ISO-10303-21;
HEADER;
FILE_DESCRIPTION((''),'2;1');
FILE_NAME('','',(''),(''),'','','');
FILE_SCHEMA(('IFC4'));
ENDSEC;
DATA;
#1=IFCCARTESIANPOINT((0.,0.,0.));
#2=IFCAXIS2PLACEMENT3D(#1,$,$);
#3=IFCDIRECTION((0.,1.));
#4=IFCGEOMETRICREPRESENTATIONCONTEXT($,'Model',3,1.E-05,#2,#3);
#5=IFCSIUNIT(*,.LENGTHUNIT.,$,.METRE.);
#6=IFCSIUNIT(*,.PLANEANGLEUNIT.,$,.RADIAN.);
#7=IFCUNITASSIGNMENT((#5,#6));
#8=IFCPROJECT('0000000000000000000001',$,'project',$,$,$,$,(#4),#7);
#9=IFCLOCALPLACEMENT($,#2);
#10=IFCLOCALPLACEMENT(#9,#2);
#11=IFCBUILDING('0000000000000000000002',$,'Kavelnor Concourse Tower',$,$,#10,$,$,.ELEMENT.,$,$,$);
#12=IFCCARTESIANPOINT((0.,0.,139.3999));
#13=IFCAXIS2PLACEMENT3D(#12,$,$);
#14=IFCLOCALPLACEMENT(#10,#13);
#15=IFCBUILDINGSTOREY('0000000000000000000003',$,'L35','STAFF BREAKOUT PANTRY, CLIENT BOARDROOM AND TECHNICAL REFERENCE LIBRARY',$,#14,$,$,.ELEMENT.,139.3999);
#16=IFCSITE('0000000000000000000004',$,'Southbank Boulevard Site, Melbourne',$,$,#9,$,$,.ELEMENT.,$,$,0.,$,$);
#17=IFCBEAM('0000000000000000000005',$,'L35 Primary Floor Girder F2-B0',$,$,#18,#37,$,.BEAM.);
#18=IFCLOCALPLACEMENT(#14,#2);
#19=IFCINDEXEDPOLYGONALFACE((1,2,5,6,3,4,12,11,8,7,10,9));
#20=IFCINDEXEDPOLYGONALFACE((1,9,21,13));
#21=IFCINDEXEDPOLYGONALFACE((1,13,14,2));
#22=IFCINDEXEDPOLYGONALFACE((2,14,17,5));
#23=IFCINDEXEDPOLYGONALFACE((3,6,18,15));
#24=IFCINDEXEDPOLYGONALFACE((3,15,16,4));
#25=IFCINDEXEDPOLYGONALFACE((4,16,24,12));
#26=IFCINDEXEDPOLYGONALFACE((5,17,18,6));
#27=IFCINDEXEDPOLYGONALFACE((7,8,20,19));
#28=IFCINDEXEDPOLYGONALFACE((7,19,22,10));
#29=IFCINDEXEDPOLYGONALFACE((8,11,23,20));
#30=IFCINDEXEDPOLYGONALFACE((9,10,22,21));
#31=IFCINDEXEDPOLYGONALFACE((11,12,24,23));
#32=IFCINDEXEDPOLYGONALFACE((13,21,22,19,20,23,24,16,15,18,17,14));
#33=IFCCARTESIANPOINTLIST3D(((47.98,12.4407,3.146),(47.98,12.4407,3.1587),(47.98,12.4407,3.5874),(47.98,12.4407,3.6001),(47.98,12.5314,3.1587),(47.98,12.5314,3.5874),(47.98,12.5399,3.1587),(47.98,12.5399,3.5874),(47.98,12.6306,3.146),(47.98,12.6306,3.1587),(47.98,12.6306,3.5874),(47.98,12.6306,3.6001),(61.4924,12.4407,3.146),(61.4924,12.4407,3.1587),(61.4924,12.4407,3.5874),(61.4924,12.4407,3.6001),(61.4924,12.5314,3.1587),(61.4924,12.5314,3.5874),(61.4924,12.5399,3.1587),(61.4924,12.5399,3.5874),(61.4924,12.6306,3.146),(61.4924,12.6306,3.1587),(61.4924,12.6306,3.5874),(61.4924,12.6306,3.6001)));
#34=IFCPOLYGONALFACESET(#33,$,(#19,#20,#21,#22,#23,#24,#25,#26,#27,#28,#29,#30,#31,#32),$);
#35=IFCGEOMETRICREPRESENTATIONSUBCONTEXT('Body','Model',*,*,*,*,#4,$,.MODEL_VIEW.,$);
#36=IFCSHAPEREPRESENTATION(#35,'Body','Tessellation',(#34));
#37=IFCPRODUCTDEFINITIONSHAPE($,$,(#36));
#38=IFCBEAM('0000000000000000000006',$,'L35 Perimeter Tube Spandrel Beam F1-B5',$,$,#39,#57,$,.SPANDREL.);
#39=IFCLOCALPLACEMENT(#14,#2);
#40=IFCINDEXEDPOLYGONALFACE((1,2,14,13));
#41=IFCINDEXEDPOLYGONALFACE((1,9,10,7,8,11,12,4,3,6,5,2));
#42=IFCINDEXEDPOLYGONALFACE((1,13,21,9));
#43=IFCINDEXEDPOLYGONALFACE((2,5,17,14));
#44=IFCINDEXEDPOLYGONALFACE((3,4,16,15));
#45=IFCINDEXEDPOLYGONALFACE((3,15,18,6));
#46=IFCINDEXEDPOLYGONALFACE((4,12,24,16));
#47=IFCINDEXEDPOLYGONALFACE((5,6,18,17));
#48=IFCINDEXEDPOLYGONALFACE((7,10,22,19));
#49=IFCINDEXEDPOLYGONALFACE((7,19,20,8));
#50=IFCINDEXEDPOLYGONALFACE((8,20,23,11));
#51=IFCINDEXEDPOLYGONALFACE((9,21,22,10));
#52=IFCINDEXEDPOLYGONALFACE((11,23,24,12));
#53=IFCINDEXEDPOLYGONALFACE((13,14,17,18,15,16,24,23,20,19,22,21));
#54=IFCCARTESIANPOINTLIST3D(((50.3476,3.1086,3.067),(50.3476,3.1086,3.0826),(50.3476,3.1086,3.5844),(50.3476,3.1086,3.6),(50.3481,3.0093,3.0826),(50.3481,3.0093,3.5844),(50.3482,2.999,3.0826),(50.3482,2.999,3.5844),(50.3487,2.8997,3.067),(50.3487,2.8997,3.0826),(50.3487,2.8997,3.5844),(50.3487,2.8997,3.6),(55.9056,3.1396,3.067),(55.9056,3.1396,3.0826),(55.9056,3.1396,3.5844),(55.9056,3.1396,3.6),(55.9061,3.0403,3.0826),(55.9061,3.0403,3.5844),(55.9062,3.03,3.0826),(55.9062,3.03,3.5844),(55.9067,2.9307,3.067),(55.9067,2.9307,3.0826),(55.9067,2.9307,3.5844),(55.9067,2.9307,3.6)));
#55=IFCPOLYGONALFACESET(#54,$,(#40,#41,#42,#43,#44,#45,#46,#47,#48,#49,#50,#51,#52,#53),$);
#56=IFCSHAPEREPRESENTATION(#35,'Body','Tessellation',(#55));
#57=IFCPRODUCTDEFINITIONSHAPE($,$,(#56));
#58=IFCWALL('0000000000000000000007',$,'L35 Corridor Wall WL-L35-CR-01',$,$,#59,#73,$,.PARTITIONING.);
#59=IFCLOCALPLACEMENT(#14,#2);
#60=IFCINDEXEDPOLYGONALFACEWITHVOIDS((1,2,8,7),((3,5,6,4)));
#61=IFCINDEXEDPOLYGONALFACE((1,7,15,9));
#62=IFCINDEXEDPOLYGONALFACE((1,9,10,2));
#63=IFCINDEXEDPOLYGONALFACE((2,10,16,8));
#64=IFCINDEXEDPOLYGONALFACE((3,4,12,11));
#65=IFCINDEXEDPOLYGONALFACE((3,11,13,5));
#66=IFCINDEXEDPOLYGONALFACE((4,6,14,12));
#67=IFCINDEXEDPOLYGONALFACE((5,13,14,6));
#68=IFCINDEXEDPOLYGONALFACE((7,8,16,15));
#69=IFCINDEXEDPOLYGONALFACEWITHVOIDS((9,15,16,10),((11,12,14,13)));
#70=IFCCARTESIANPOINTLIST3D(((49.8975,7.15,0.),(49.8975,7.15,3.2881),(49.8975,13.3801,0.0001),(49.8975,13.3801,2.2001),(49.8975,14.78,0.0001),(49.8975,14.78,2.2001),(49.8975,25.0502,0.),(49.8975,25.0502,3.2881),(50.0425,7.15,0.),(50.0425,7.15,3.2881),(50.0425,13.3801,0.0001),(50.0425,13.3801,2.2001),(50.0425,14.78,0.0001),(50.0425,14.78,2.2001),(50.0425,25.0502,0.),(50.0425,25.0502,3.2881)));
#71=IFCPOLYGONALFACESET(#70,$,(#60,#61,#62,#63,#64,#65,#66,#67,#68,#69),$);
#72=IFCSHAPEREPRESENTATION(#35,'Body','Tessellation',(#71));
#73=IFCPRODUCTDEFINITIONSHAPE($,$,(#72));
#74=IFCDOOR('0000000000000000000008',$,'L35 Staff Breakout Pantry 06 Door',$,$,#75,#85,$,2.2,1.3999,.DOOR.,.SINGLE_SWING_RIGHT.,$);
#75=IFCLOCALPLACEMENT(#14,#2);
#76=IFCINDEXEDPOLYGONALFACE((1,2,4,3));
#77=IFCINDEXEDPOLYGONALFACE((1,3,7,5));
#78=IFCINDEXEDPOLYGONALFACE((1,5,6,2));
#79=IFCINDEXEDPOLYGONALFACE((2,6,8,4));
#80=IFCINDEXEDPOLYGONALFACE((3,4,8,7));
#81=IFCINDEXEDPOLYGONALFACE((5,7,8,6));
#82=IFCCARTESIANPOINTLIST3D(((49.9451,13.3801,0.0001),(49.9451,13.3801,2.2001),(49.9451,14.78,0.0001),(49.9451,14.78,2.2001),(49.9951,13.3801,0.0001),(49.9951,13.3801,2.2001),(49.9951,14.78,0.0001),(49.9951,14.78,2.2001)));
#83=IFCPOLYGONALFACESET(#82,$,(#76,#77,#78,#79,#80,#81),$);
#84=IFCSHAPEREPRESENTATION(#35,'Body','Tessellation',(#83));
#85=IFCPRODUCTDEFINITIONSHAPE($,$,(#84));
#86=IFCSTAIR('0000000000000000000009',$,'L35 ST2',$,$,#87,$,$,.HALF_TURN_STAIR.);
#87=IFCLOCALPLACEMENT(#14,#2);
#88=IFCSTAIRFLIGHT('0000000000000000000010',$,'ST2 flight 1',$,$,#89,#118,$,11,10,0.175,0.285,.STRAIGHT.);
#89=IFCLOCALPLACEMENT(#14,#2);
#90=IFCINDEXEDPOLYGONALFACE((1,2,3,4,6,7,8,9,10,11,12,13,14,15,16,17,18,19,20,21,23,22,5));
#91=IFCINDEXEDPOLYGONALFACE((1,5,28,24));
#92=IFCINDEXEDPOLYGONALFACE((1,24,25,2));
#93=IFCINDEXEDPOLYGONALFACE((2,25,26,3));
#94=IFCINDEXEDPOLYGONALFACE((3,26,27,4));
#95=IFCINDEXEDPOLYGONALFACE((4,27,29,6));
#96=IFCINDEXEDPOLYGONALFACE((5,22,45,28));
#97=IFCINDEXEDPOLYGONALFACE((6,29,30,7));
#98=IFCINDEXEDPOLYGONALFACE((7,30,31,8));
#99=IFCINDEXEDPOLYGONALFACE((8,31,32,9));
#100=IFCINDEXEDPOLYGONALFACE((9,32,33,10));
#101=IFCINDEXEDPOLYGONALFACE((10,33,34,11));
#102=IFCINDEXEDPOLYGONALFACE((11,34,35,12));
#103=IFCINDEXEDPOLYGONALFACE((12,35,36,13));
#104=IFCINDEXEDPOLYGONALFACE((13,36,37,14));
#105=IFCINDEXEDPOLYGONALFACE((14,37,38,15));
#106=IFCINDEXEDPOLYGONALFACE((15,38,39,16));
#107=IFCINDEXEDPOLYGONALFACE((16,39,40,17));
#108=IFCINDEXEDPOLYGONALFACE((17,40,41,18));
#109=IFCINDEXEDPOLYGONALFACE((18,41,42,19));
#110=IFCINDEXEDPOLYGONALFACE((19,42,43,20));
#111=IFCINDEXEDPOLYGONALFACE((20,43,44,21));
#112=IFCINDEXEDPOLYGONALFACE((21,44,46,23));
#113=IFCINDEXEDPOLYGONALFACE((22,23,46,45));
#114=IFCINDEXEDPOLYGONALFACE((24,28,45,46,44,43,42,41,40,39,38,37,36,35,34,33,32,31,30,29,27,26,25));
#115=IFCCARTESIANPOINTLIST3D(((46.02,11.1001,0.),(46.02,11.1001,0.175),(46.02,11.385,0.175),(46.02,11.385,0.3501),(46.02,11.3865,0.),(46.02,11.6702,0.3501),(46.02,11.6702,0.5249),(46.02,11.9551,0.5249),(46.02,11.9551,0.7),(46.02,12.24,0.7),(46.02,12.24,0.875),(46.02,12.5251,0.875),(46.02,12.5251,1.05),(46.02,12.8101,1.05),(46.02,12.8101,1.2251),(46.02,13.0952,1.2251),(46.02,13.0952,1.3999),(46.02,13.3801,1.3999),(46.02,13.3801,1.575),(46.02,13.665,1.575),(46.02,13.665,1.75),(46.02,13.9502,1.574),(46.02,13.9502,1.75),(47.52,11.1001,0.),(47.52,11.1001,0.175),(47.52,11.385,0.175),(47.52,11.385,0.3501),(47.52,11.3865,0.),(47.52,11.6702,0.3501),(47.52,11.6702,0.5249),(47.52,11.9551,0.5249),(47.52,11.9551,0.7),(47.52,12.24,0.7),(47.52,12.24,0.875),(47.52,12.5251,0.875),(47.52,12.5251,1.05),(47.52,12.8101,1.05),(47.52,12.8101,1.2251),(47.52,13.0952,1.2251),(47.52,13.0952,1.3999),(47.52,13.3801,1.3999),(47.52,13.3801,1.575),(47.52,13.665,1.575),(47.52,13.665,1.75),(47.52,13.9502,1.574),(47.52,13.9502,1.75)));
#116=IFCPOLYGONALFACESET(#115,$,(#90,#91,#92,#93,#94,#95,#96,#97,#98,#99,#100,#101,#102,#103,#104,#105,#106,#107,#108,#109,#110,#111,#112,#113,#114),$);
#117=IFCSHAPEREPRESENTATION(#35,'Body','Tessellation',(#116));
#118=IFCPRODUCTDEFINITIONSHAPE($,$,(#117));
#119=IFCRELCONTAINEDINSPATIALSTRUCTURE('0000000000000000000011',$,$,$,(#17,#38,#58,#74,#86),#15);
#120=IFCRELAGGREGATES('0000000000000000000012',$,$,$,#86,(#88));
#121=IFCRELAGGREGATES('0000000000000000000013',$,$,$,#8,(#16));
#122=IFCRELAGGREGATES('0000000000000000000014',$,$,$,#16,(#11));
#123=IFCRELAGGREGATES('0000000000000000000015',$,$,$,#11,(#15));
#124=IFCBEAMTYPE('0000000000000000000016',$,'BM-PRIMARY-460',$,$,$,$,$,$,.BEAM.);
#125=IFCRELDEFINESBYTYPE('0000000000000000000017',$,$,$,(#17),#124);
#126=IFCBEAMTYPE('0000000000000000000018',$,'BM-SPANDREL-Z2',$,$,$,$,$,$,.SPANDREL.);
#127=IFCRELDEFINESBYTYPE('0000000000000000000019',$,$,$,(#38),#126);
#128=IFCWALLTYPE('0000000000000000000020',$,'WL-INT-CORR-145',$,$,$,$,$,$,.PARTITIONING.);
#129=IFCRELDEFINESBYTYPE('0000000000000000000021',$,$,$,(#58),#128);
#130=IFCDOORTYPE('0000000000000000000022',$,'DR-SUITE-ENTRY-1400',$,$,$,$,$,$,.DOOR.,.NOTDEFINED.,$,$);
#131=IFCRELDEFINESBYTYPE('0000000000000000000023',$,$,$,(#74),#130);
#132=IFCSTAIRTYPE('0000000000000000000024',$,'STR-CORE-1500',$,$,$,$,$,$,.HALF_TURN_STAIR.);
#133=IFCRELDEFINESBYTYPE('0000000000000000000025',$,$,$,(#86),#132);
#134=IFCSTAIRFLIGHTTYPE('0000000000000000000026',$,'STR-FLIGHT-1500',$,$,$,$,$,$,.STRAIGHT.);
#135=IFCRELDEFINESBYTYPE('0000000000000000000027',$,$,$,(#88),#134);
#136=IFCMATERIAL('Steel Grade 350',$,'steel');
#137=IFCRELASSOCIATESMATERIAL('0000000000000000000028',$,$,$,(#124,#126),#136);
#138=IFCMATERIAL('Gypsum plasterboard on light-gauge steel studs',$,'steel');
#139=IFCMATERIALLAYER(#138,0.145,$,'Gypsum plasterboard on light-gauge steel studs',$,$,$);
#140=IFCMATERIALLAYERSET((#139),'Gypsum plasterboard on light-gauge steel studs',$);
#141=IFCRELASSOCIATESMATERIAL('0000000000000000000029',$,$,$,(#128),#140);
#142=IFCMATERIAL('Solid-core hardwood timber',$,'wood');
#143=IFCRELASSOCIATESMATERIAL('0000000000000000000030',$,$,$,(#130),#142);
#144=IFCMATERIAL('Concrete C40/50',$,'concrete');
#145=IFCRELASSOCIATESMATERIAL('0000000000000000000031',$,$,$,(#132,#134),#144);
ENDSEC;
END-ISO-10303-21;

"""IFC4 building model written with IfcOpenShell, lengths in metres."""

from ifc_helpers import new_model, si_unit, direction, frame, frame_2d, origin, origin_2d, place, context, subcontext, project, spatial, polyline, rectangle, i_section, outline, extrude, material, layer, layer_set, material_profile, profile_set, type_object, element, fill, aggregate, save


model = new_model("IFC4")

# Units and contexts
model_context = context("Model", 3, precision=1e-05, world=origin(), true_north=direction((0.0, 1.0)))
body_context = subcontext(model_context, "Body", "Model", "MODEL_VIEW")
ifc_project = project(units=[si_unit("LENGTHUNIT", "METRE"), si_unit("PLANEANGLEUNIT", "RADIAN")], contexts=[model_context])

# Site, building, storey
site_placement = place(None, origin())
site = spatial("IfcSite", under=ifc_project, at=site_placement, Name="Southbank Boulevard Site, Melbourne", CompositionType="ELEMENT", RefElevation=0.0)
building_placement = place(site_placement, origin())
building = spatial("IfcBuilding", under=site, at=building_placement, Name="Kavelnor Concourse Tower", CompositionType="ELEMENT")
storey_placement = place(building_placement, frame((0.0, 0.0, 139.3999)))
storey = spatial("IfcBuildingStorey", under=building, at=storey_placement, Name="L35", Description="STAFF BREAKOUT PANTRY, CLIENT BOARDROOM AND TECHNICAL REFERENCE LIBRARY", CompositionType="ELEMENT", Elevation=139.3999)

# Shared definitions
ifc_material_1 = material(Name="Steel Grade 350", Category="steel")

# Beams
ifc_material_profile_1 = material_profile(ifc_material_1, i_section(OverallWidth=0.1899, OverallDepth=0.4541, WebThickness=0.0085, FlangeThickness=0.0127, at=origin_2d()), Name="460UB67")
ifc_profile_set_1 = profile_set([ifc_material_profile_1], Name="Steel Grade 350")
beam_type_1 = type_object("IfcBeamType", Name="BM-PRIMARY-460", PredefinedType="BEAM", material=ifc_profile_set_1)
beam_1_placement = place(storey_placement, frame((47.98, 12.5356, 3.373), z_axis=(1.0, 0.0, 0.0), x_axis=(0.0, 1.0, 0.0)))
element("IfcBeam", 1, at=beam_1_placement, inside=storey, type_object=beam_type_1, Name="L35 Primary Floor Girder F2-B0", PredefinedType="BEAM", context=body_context, shape_type="SweptSolid", body=[
    extrude(i_section(OverallWidth=0.1899, OverallDepth=0.4541, WebThickness=0.0085, FlangeThickness=0.0127, at=origin_2d()), origin(), (0.0, 0.0, 1.0), 13.5125),
])
ifc_material_profile_2 = material_profile(ifc_material_1, i_section(OverallWidth=0.209, OverallDepth=0.533, WebThickness=0.0103, FlangeThickness=0.0156, at=origin_2d()), Name="530UB92")
ifc_profile_set_2 = profile_set([ifc_material_profile_2], Name="Steel Grade 350")
beam_type_2 = type_object("IfcBeamType", Name="BM-SPANDREL-Z2", PredefinedType="SPANDREL", material=ifc_profile_set_2)
beam_2_placement = place(storey_placement, frame((50.3481, 3.0042, 3.3335), z_axis=(0.999984, 0.005578, 0.0), x_axis=(-0.005578, 0.999984, 0.0)))
element("IfcBeam", 2, at=beam_2_placement, inside=storey, type_object=beam_type_2, Name="L35 Perimeter Tube Spandrel Beam F1-B5", PredefinedType="SPANDREL", context=body_context, shape_type="SweptSolid", body=[
    extrude(i_section(OverallWidth=0.209, OverallDepth=0.533, WebThickness=0.0103, FlangeThickness=0.0156, at=origin_2d()), origin(), (0.0, 0.0, 1.0), 5.5581),
])

# Wall, opening, door
ifc_material_2 = material(Name="Gypsum plasterboard on light-gauge steel studs", Category="steel")
ifc_layer_1 = layer(ifc_material_2, 0.145, Name="Gypsum plasterboard on light-gauge steel studs")
ifc_layer_set_1 = layer_set([ifc_layer_1], Name="Gypsum plasterboard on light-gauge steel studs")
wall_type_1 = type_object("IfcWallType", Name="WL-INT-CORR-145", PredefinedType="PARTITIONING", material=ifc_layer_set_1)
wall_1_placement = place(storey_placement, frame((49.97, 7.1499, 0.0), z_axis=(0.0, 0.0, 1.0), x_axis=(0.0, 1.0, 0.0)))
wall_1 = element("IfcWall", 3, at=wall_1_placement, inside=storey, type_object=wall_type_1, Name="L35 Corridor Wall WL-L35-CR-01", PredefinedType="PARTITIONING", context=body_context, shape_type="SweptSolid", body=[
    extrude(rectangle(XDim=17.9001, YDim=0.145, at=frame_2d((8.9502, 0.0))), origin(), (0.0, 0.0, 1.0), 3.2881),
])
opening_1_placement = place(wall_1_placement, frame((6.2302, 0.0, 0.0)))
opening_1 = element("IfcOpeningElement", 4, at=opening_1_placement, cuts=wall_1, PredefinedType="OPENING", context=body_context, shape_type="SweptSolid", body=[
    extrude(rectangle(XDim=1.3999, YDim=2.2, at=frame_2d((0.7, 1.1001))), frame((0.0, 0.0825, 0.0), z_axis=(0.0, -1.0, 0.0), x_axis=(1.0, 0.0, 0.0)), (0.0, 0.0, 1.0), 0.165),
])
ifc_material_3 = material(Name="Solid-core hardwood timber", Category="wood")
door_type_1 = type_object("IfcDoorType", Name="DR-SUITE-ENTRY-1400", OperationType="NOTDEFINED", PredefinedType="DOOR", material=ifc_material_3)
door_1_placement = place(opening_1_placement, origin())
door_1 = element("IfcDoor", 5, at=door_1_placement, inside=storey, type_object=door_type_1, Name="L35 Staff Breakout Pantry 06 Door", OperationType="SINGLE_SWING_RIGHT", OverallHeight=2.2, OverallWidth=1.3999, PredefinedType="DOOR", context=body_context, shape_type="SweptSolid", body=[
    extrude(rectangle(XDim=1.3999, YDim=2.2, at=frame_2d((0.7, 1.1001))), frame((0.0, 0.0249, 0.0), z_axis=(0.0, -1.0, 0.0), x_axis=(1.0, 0.0, 0.0)), (0.0, 0.0, 1.0), 0.05),
])
fill(opening_1, door_1)

# Stair, stair flight
ifc_material_4 = material(Name="Concrete C40/50", Category="concrete")
stair_type = type_object("IfcStairType", Name="STR-CORE-1500", PredefinedType="HALF_TURN_STAIR", material=ifc_material_4)
stair_placement = place(storey_placement, origin())
stair = element("IfcStair", 6, at=stair_placement, inside=storey, type_object=stair_type, Name="L35 ST2", PredefinedType="HALF_TURN_STAIR")
stair_flight_type = type_object("IfcStairFlightType", Name="STR-FLIGHT-1500", PredefinedType="STRAIGHT", material=ifc_material_4)
stair_flight_placement = place(storey_placement, frame((46.77, 11.1001, 0.0), z_axis=(0.0, 0.0, 1.0), x_axis=(0.0, 1.0, 0.0)))
stair_flight = element("IfcStairFlight", 7, at=stair_flight_placement, type_object=stair_flight_type, Name="ST2 flight 1", NumberOfRisers=11, NumberOfTreads=10, PredefinedType="STRAIGHT", RiserHeight=0.175, TreadLength=0.285, context=body_context, shape_type="SweptSolid", body=[
    extrude(outline(polyline([(0.0, 0.0), (0.0, 0.175), (0.2849, 0.175), (0.2849, 0.3501), (0.5701, 0.3501), (0.5701, 0.5249), (0.855, 0.5249), (0.855, 0.7), (1.1399, 0.7), (1.1399, 0.875), (1.425, 0.875), (1.425, 1.05), (1.71, 1.05), (1.71, 1.2251), (1.9951, 1.2251), (1.9951, 1.3999), (2.28, 1.3999), (2.28, 1.575), (2.5649, 1.575), (2.5649, 1.75), (2.8501, 1.75), (2.8501, 1.925), (2.8501, 1.574), (0.2864, 0.0), (0.0, 0.0)])), frame((0.0, 0.75, 0.0), z_axis=(0.0, -1.0, 0.0), x_axis=(1.0, 0.0, 0.0)), (0.0, 0.0, 1.0), 1.5),
])
aggregate(stair, [stair_flight])

save(model, "model.ifc")
